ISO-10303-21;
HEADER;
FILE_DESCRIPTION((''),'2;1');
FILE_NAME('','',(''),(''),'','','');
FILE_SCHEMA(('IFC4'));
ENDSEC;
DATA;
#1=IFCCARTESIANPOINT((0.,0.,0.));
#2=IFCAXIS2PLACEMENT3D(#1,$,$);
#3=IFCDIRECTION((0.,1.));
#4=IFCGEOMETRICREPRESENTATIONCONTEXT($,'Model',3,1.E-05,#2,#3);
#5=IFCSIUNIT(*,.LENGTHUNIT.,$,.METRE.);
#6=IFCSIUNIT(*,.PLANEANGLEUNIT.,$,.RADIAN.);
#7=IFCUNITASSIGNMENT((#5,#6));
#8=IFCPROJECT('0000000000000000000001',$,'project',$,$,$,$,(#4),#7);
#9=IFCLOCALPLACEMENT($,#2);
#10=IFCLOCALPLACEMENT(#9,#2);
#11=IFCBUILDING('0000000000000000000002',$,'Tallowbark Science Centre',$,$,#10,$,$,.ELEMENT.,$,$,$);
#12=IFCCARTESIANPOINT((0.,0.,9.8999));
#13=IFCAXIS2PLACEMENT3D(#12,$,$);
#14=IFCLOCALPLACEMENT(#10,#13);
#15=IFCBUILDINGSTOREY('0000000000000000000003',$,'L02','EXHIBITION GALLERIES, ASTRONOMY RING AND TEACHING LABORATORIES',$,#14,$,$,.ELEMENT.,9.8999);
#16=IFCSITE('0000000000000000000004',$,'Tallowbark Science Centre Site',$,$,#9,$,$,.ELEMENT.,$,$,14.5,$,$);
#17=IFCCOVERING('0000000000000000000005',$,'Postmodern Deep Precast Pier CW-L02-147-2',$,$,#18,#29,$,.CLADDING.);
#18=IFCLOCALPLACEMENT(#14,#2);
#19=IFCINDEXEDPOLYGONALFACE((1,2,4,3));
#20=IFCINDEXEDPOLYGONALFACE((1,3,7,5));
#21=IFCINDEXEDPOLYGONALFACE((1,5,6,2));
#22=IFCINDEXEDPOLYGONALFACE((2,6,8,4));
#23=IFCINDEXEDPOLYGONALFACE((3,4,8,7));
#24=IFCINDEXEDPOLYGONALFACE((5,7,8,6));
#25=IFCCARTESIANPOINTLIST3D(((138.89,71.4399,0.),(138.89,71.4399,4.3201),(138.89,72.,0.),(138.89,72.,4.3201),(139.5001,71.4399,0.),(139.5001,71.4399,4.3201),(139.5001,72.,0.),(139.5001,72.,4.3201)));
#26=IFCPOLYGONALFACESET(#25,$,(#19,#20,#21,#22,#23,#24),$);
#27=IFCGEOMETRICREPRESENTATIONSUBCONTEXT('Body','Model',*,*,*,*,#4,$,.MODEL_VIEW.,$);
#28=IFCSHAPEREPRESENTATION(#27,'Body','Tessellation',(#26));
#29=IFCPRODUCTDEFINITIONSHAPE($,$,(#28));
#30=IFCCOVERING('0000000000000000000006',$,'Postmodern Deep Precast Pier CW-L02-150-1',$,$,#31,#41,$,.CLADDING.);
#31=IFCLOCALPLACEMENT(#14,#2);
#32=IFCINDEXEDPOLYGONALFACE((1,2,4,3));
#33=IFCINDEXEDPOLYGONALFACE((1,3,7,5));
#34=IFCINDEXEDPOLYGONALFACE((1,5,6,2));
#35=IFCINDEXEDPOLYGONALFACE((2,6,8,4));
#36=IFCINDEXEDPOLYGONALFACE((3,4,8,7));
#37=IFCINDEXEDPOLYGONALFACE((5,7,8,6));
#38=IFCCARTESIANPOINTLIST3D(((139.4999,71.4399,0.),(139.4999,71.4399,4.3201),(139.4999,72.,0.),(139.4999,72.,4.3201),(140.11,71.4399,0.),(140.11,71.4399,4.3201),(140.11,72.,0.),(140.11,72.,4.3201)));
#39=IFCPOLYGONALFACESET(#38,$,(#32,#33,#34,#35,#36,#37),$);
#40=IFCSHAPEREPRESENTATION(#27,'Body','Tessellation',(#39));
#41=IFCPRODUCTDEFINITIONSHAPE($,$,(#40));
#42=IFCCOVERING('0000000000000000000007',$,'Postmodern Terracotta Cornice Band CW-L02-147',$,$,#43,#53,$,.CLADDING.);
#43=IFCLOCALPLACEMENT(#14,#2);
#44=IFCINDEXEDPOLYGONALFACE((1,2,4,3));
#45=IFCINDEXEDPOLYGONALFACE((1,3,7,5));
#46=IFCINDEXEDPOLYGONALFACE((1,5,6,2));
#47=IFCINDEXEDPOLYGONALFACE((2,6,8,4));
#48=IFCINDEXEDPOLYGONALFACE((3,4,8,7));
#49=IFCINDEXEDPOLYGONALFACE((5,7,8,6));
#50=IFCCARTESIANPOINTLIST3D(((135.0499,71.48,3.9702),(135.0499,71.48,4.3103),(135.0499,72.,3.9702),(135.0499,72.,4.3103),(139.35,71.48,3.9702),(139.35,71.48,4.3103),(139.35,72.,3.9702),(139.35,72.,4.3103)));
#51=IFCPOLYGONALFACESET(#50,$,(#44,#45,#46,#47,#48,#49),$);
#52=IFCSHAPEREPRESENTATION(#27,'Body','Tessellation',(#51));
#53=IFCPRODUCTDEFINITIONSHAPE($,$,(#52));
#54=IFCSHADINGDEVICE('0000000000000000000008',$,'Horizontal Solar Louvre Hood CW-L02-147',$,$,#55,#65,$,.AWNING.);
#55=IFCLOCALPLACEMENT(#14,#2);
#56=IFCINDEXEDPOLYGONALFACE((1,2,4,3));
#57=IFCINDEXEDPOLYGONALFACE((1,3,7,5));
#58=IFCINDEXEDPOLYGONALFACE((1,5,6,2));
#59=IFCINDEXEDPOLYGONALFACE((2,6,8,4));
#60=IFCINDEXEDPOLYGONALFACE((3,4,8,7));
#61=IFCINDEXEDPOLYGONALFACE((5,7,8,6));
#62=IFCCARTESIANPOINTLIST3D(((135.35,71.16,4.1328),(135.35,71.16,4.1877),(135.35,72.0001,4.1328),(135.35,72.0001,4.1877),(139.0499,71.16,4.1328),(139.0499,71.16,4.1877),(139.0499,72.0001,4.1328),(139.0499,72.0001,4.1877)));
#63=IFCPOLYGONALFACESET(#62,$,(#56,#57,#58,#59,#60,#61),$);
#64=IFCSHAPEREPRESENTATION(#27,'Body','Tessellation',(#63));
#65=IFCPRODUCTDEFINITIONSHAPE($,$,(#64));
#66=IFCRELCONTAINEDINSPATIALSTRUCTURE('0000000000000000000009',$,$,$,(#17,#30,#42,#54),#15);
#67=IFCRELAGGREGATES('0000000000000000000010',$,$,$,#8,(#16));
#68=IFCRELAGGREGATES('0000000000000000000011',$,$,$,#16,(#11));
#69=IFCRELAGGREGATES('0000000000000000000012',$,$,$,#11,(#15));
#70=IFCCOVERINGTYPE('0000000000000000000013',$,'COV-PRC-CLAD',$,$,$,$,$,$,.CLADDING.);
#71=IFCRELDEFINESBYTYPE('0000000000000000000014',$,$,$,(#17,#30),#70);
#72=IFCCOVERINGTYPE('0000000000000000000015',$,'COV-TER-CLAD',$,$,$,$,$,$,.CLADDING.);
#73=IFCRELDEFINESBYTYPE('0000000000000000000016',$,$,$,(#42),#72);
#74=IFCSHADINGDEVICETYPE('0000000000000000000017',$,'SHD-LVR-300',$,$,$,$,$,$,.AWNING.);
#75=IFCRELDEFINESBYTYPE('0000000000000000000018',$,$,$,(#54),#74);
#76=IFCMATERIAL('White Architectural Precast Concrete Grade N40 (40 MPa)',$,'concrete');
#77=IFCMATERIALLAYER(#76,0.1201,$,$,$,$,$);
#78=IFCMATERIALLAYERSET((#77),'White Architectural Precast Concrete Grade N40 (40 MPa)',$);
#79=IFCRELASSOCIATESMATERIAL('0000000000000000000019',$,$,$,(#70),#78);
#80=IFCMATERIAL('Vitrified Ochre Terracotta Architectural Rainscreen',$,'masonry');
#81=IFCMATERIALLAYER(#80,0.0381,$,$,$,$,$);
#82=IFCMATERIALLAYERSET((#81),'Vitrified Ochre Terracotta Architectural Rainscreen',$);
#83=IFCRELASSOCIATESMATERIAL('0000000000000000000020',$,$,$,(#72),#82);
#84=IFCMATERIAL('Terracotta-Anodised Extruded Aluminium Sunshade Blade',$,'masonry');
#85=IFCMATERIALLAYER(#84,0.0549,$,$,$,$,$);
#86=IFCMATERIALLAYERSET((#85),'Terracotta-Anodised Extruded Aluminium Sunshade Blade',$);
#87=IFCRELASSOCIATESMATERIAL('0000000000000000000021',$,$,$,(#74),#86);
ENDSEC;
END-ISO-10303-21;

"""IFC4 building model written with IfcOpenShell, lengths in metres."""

from ifc_helpers import new_model, si_unit, direction, frame, origin, origin_2d, place, context, subcontext, project, spatial, rectangle, extrude, material, layer, layer_set, type_object, element, save


model = new_model("IFC4")

# Units and contexts
model_context = context("Model", 3, precision=1e-05, world=origin(), true_north=direction((0.0, 1.0)))
body_context = subcontext(model_context, "Body", "Model", "MODEL_VIEW")
ifc_project = project(units=[si_unit("LENGTHUNIT", "METRE"), si_unit("PLANEANGLEUNIT", "RADIAN")], contexts=[model_context])

# Site, building, storey
site_placement = place(None, origin())
site = spatial("IfcSite", under=ifc_project, at=site_placement, Name="Tallowbark Science Centre Site", CompositionType="ELEMENT", RefElevation=14.5)
building_placement = place(site_placement, origin())
building = spatial("IfcBuilding", under=site, at=building_placement, Name="Tallowbark Science Centre", CompositionType="ELEMENT")
storey_placement = place(building_placement, frame((0.0, 0.0, 9.8999)))
storey = spatial("IfcBuildingStorey", under=building, at=storey_placement, Name="L02", Description="EXHIBITION GALLERIES, ASTRONOMY RING AND TEACHING LABORATORIES", CompositionType="ELEMENT", Elevation=9.8999)

# Coverings
ifc_material_1 = material(Name="White Architectural Precast Concrete Grade N40 (40 MPa)", Category="concrete")
ifc_layer_1 = layer(ifc_material_1, 0.1201)
ifc_layer_set_1 = layer_set([ifc_layer_1], Name="White Architectural Precast Concrete Grade N40 (40 MPa)")
covering_type_1 = type_object("IfcCoveringType", Name="COV-PRC-CLAD", PredefinedType="CLADDING", material=ifc_layer_set_1)
for number, where, z_axis, x_axis, name in (
    (1, (139.1951, 71.72, 0.0), (0.0, 0.0, 1.0), (1.0, 0.0, 0.0), "Postmodern Deep Precast Pier CW-L02-147-2"),
    (2, (139.8049, 71.72, 0.0), (0.0, 0.0, 1.0), (1.0, 0.0, 0.0), "Postmodern Deep Precast Pier CW-L02-150-1"),
):
    element("IfcCovering", number, at=place(storey_placement, frame(where, z_axis=z_axis, x_axis=x_axis)), inside=storey, type_object=covering_type_1, Name=name, PredefinedType="CLADDING", context=body_context, shape_type="SweptSolid", body=[
        extrude(rectangle(XDim=0.6101, YDim=0.5601, at=origin_2d()), origin(), (0.0, 0.0, 1.0), 4.3201),
    ])
ifc_material_2 = material(Name="Vitrified Ochre Terracotta Architectural Rainscreen", Category="masonry")
ifc_layer_2 = layer(ifc_material_2, 0.0381)
ifc_layer_set_2 = layer_set([ifc_layer_2], Name="Vitrified Ochre Terracotta Architectural Rainscreen")
covering_type_2 = type_object("IfcCoveringType", Name="COV-TER-CLAD", PredefinedType="CLADDING", material=ifc_layer_set_2)
covering_placement = place(storey_placement, frame((137.2, 71.74, 3.9702), z_axis=(0.0, 0.0, 1.0), x_axis=(1.0, 0.0, 0.0)))
element("IfcCovering", 3, at=covering_placement, inside=storey, type_object=covering_type_2, Name="Postmodern Terracotta Cornice Band CW-L02-147", PredefinedType="CLADDING", context=body_context, shape_type="SweptSolid", body=[
    extrude(rectangle(XDim=4.3, YDim=0.52, at=origin_2d()), origin(), (0.0, 0.0, 1.0), 0.3401),
])

# Shading device
ifc_material_3 = material(Name="Terracotta-Anodised Extruded Aluminium Sunshade Blade", Category="masonry")
ifc_layer_3 = layer(ifc_material_3, 0.0549)
ifc_layer_set_3 = layer_set([ifc_layer_3], Name="Terracotta-Anodised Extruded Aluminium Sunshade Blade")
shading_device_type = type_object("IfcShadingDeviceType", Name="SHD-LVR-300", PredefinedType="AWNING", material=ifc_layer_set_3)
shading_device_placement = place(storey_placement, frame((137.2, 71.5801, 4.1328), z_axis=(0.0, 0.0, 1.0), x_axis=(1.0, 0.0, 0.0)))
element("IfcShadingDevice", 4, at=shading_device_placement, inside=storey, type_object=shading_device_type, Name="Horizontal Solar Louvre Hood CW-L02-147", PredefinedType="AWNING", context=body_context, shape_type="SweptSolid", body=[
    extrude(rectangle(XDim=3.7, YDim=0.8401, at=origin_2d()), origin(), (0.0, 0.0, 1.0), 0.0549),
])

save(model, "model.ifc")
